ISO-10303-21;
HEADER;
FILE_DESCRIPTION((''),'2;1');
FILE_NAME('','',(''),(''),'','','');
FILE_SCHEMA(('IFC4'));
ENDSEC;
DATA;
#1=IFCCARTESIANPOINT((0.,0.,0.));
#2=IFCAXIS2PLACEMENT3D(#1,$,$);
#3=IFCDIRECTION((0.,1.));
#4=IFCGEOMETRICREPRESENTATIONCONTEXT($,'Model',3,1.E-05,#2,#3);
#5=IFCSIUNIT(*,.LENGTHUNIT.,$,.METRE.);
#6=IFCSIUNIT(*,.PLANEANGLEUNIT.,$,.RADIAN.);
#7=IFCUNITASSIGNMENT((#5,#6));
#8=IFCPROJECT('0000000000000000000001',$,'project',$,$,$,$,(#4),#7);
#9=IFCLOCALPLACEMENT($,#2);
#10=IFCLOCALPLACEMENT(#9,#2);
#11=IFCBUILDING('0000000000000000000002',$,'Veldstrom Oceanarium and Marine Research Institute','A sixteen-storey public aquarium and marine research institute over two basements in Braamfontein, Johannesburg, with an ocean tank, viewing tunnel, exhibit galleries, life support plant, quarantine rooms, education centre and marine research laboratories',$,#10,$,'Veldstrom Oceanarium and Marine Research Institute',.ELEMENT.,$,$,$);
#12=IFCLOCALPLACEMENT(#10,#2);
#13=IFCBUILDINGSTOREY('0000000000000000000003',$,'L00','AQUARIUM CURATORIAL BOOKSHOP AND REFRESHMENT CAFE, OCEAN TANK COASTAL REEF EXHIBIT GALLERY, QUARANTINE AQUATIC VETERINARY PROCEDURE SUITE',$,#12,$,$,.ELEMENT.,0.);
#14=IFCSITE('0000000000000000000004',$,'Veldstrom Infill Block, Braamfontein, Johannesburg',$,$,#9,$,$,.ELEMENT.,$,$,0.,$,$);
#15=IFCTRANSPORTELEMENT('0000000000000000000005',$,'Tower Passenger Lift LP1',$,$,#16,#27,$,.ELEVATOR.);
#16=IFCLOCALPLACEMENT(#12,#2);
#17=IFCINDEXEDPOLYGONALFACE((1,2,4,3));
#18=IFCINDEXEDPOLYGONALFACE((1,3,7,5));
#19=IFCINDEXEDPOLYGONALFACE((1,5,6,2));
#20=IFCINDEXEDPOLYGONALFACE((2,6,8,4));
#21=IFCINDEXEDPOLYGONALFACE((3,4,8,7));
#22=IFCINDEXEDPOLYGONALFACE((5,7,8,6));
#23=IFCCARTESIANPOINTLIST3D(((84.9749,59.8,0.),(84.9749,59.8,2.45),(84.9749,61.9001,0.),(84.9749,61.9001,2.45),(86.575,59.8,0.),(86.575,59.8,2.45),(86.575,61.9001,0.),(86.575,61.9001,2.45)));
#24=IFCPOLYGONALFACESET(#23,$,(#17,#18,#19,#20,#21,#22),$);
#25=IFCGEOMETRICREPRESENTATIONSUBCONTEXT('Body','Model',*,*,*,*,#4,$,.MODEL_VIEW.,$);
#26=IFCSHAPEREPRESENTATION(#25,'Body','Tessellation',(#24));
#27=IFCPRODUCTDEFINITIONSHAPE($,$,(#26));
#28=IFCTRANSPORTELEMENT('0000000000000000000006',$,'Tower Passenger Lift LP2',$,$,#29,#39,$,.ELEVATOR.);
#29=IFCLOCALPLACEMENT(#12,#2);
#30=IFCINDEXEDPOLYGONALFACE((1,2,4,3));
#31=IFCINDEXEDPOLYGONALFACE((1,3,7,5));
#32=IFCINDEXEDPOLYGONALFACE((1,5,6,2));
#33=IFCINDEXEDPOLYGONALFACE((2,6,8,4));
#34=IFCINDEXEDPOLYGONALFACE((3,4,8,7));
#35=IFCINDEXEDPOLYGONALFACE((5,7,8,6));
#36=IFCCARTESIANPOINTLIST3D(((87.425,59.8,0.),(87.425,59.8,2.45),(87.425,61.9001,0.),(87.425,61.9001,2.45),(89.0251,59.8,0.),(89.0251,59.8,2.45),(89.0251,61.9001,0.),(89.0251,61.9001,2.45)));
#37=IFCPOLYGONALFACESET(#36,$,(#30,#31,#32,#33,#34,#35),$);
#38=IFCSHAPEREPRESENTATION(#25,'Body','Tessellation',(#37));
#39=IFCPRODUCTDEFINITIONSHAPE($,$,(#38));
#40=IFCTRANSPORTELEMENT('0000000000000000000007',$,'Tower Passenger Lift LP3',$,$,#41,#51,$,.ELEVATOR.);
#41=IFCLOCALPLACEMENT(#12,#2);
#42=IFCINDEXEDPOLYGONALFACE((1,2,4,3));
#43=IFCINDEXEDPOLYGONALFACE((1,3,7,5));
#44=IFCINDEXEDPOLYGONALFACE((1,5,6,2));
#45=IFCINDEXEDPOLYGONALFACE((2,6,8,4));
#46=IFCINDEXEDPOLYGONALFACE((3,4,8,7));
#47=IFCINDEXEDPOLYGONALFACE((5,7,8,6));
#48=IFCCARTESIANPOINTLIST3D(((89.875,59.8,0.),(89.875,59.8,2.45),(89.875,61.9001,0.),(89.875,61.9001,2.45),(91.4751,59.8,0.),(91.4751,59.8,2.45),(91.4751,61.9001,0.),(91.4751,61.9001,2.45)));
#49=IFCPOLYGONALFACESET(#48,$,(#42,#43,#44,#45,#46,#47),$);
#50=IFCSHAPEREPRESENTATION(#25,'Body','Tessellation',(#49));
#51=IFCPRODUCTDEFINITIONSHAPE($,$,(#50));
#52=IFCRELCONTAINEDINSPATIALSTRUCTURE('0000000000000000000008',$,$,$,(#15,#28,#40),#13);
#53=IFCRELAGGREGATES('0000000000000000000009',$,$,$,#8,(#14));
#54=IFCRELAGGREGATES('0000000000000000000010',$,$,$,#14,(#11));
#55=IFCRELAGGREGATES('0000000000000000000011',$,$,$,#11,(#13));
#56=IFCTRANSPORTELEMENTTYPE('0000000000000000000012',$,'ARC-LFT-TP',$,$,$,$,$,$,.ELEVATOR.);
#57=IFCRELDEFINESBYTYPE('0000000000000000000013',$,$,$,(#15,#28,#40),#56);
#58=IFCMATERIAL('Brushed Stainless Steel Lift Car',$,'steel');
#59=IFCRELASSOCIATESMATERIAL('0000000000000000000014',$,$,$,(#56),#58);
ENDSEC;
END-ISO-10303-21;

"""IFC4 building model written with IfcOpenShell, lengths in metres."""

from ifc_helpers import new_model, si_unit, direction, frame, origin, origin_2d, place, context, subcontext, project, spatial, rectangle, extrude, material, type_object, element, save


model = new_model("IFC4")

# Units and contexts
model_context = context("Model", 3, precision=1e-05, world=origin(), true_north=direction((0.0, 1.0)))
body_context = subcontext(model_context, "Body", "Model", "MODEL_VIEW")
ifc_project = project(units=[si_unit("LENGTHUNIT", "METRE"), si_unit("PLANEANGLEUNIT", "RADIAN")], contexts=[model_context])

# Site, building, storey
site_placement = place(None, origin())
site = spatial("IfcSite", under=ifc_project, at=site_placement, Name="Veldstrom Infill Block, Braamfontein, Johannesburg", CompositionType="ELEMENT", RefElevation=0.0)
building_placement = place(site_placement, origin())
building = spatial("IfcBuilding", under=site, at=building_placement, Name="Veldstrom Oceanarium and Marine Research Institute", Description="A sixteen-storey public aquarium and marine research institute over two basements in Braamfontein, Johannesburg, with an ocean tank, viewing tunnel, exhibit galleries, life support plant, quarantine rooms, education centre and marine research laboratories", LongName="Veldstrom Oceanarium and Marine Research Institute", CompositionType="ELEMENT")
storey_placement = place(building_placement, origin())
storey = spatial("IfcBuildingStorey", under=building, at=storey_placement, Name="L00", Description="AQUARIUM CURATORIAL BOOKSHOP AND REFRESHMENT CAFE, OCEAN TANK COASTAL REEF EXHIBIT GALLERY, QUARANTINE AQUATIC VETERINARY PROCEDURE SUITE", CompositionType="ELEMENT", Elevation=0.0)

# Transport elements
ifc_material_1 = material(Name="Brushed Stainless Steel Lift Car", Category="steel")
transport_element_type_1 = type_object("IfcTransportElementType", Name="ARC-LFT-TP", PredefinedType="ELEVATOR", material=ifc_material_1)
for number, where, z_axis, x_axis, name in (
    (1, (85.7749, 60.8501, 0.0), (0.0, 0.0, 1.0), (1.0, 0.0, 0.0), "Tower Passenger Lift LP1"),
    (2, (88.2251, 60.8501, 0.0), (0.0, 0.0, 1.0), (1.0, 0.0, 0.0), "Tower Passenger Lift LP2"),
    (3, (90.675, 60.8501, 0.0), (0.0, 0.0, 1.0), (1.0, 0.0, 0.0), "Tower Passenger Lift LP3"),
):
    element("IfcTransportElement", number, at=place(storey_placement, frame(where, z_axis=z_axis, x_axis=x_axis)), inside=storey, type_object=transport_element_type_1, Name=name, PredefinedType="ELEVATOR", context=body_context, shape_type="SweptSolid", body=[
        extrude(rectangle(XDim=1.6001, YDim=2.1001, at=origin_2d()), origin(), (0.0, 0.0, 1.0), 2.45),
    ])

save(model, "model.ifc")
